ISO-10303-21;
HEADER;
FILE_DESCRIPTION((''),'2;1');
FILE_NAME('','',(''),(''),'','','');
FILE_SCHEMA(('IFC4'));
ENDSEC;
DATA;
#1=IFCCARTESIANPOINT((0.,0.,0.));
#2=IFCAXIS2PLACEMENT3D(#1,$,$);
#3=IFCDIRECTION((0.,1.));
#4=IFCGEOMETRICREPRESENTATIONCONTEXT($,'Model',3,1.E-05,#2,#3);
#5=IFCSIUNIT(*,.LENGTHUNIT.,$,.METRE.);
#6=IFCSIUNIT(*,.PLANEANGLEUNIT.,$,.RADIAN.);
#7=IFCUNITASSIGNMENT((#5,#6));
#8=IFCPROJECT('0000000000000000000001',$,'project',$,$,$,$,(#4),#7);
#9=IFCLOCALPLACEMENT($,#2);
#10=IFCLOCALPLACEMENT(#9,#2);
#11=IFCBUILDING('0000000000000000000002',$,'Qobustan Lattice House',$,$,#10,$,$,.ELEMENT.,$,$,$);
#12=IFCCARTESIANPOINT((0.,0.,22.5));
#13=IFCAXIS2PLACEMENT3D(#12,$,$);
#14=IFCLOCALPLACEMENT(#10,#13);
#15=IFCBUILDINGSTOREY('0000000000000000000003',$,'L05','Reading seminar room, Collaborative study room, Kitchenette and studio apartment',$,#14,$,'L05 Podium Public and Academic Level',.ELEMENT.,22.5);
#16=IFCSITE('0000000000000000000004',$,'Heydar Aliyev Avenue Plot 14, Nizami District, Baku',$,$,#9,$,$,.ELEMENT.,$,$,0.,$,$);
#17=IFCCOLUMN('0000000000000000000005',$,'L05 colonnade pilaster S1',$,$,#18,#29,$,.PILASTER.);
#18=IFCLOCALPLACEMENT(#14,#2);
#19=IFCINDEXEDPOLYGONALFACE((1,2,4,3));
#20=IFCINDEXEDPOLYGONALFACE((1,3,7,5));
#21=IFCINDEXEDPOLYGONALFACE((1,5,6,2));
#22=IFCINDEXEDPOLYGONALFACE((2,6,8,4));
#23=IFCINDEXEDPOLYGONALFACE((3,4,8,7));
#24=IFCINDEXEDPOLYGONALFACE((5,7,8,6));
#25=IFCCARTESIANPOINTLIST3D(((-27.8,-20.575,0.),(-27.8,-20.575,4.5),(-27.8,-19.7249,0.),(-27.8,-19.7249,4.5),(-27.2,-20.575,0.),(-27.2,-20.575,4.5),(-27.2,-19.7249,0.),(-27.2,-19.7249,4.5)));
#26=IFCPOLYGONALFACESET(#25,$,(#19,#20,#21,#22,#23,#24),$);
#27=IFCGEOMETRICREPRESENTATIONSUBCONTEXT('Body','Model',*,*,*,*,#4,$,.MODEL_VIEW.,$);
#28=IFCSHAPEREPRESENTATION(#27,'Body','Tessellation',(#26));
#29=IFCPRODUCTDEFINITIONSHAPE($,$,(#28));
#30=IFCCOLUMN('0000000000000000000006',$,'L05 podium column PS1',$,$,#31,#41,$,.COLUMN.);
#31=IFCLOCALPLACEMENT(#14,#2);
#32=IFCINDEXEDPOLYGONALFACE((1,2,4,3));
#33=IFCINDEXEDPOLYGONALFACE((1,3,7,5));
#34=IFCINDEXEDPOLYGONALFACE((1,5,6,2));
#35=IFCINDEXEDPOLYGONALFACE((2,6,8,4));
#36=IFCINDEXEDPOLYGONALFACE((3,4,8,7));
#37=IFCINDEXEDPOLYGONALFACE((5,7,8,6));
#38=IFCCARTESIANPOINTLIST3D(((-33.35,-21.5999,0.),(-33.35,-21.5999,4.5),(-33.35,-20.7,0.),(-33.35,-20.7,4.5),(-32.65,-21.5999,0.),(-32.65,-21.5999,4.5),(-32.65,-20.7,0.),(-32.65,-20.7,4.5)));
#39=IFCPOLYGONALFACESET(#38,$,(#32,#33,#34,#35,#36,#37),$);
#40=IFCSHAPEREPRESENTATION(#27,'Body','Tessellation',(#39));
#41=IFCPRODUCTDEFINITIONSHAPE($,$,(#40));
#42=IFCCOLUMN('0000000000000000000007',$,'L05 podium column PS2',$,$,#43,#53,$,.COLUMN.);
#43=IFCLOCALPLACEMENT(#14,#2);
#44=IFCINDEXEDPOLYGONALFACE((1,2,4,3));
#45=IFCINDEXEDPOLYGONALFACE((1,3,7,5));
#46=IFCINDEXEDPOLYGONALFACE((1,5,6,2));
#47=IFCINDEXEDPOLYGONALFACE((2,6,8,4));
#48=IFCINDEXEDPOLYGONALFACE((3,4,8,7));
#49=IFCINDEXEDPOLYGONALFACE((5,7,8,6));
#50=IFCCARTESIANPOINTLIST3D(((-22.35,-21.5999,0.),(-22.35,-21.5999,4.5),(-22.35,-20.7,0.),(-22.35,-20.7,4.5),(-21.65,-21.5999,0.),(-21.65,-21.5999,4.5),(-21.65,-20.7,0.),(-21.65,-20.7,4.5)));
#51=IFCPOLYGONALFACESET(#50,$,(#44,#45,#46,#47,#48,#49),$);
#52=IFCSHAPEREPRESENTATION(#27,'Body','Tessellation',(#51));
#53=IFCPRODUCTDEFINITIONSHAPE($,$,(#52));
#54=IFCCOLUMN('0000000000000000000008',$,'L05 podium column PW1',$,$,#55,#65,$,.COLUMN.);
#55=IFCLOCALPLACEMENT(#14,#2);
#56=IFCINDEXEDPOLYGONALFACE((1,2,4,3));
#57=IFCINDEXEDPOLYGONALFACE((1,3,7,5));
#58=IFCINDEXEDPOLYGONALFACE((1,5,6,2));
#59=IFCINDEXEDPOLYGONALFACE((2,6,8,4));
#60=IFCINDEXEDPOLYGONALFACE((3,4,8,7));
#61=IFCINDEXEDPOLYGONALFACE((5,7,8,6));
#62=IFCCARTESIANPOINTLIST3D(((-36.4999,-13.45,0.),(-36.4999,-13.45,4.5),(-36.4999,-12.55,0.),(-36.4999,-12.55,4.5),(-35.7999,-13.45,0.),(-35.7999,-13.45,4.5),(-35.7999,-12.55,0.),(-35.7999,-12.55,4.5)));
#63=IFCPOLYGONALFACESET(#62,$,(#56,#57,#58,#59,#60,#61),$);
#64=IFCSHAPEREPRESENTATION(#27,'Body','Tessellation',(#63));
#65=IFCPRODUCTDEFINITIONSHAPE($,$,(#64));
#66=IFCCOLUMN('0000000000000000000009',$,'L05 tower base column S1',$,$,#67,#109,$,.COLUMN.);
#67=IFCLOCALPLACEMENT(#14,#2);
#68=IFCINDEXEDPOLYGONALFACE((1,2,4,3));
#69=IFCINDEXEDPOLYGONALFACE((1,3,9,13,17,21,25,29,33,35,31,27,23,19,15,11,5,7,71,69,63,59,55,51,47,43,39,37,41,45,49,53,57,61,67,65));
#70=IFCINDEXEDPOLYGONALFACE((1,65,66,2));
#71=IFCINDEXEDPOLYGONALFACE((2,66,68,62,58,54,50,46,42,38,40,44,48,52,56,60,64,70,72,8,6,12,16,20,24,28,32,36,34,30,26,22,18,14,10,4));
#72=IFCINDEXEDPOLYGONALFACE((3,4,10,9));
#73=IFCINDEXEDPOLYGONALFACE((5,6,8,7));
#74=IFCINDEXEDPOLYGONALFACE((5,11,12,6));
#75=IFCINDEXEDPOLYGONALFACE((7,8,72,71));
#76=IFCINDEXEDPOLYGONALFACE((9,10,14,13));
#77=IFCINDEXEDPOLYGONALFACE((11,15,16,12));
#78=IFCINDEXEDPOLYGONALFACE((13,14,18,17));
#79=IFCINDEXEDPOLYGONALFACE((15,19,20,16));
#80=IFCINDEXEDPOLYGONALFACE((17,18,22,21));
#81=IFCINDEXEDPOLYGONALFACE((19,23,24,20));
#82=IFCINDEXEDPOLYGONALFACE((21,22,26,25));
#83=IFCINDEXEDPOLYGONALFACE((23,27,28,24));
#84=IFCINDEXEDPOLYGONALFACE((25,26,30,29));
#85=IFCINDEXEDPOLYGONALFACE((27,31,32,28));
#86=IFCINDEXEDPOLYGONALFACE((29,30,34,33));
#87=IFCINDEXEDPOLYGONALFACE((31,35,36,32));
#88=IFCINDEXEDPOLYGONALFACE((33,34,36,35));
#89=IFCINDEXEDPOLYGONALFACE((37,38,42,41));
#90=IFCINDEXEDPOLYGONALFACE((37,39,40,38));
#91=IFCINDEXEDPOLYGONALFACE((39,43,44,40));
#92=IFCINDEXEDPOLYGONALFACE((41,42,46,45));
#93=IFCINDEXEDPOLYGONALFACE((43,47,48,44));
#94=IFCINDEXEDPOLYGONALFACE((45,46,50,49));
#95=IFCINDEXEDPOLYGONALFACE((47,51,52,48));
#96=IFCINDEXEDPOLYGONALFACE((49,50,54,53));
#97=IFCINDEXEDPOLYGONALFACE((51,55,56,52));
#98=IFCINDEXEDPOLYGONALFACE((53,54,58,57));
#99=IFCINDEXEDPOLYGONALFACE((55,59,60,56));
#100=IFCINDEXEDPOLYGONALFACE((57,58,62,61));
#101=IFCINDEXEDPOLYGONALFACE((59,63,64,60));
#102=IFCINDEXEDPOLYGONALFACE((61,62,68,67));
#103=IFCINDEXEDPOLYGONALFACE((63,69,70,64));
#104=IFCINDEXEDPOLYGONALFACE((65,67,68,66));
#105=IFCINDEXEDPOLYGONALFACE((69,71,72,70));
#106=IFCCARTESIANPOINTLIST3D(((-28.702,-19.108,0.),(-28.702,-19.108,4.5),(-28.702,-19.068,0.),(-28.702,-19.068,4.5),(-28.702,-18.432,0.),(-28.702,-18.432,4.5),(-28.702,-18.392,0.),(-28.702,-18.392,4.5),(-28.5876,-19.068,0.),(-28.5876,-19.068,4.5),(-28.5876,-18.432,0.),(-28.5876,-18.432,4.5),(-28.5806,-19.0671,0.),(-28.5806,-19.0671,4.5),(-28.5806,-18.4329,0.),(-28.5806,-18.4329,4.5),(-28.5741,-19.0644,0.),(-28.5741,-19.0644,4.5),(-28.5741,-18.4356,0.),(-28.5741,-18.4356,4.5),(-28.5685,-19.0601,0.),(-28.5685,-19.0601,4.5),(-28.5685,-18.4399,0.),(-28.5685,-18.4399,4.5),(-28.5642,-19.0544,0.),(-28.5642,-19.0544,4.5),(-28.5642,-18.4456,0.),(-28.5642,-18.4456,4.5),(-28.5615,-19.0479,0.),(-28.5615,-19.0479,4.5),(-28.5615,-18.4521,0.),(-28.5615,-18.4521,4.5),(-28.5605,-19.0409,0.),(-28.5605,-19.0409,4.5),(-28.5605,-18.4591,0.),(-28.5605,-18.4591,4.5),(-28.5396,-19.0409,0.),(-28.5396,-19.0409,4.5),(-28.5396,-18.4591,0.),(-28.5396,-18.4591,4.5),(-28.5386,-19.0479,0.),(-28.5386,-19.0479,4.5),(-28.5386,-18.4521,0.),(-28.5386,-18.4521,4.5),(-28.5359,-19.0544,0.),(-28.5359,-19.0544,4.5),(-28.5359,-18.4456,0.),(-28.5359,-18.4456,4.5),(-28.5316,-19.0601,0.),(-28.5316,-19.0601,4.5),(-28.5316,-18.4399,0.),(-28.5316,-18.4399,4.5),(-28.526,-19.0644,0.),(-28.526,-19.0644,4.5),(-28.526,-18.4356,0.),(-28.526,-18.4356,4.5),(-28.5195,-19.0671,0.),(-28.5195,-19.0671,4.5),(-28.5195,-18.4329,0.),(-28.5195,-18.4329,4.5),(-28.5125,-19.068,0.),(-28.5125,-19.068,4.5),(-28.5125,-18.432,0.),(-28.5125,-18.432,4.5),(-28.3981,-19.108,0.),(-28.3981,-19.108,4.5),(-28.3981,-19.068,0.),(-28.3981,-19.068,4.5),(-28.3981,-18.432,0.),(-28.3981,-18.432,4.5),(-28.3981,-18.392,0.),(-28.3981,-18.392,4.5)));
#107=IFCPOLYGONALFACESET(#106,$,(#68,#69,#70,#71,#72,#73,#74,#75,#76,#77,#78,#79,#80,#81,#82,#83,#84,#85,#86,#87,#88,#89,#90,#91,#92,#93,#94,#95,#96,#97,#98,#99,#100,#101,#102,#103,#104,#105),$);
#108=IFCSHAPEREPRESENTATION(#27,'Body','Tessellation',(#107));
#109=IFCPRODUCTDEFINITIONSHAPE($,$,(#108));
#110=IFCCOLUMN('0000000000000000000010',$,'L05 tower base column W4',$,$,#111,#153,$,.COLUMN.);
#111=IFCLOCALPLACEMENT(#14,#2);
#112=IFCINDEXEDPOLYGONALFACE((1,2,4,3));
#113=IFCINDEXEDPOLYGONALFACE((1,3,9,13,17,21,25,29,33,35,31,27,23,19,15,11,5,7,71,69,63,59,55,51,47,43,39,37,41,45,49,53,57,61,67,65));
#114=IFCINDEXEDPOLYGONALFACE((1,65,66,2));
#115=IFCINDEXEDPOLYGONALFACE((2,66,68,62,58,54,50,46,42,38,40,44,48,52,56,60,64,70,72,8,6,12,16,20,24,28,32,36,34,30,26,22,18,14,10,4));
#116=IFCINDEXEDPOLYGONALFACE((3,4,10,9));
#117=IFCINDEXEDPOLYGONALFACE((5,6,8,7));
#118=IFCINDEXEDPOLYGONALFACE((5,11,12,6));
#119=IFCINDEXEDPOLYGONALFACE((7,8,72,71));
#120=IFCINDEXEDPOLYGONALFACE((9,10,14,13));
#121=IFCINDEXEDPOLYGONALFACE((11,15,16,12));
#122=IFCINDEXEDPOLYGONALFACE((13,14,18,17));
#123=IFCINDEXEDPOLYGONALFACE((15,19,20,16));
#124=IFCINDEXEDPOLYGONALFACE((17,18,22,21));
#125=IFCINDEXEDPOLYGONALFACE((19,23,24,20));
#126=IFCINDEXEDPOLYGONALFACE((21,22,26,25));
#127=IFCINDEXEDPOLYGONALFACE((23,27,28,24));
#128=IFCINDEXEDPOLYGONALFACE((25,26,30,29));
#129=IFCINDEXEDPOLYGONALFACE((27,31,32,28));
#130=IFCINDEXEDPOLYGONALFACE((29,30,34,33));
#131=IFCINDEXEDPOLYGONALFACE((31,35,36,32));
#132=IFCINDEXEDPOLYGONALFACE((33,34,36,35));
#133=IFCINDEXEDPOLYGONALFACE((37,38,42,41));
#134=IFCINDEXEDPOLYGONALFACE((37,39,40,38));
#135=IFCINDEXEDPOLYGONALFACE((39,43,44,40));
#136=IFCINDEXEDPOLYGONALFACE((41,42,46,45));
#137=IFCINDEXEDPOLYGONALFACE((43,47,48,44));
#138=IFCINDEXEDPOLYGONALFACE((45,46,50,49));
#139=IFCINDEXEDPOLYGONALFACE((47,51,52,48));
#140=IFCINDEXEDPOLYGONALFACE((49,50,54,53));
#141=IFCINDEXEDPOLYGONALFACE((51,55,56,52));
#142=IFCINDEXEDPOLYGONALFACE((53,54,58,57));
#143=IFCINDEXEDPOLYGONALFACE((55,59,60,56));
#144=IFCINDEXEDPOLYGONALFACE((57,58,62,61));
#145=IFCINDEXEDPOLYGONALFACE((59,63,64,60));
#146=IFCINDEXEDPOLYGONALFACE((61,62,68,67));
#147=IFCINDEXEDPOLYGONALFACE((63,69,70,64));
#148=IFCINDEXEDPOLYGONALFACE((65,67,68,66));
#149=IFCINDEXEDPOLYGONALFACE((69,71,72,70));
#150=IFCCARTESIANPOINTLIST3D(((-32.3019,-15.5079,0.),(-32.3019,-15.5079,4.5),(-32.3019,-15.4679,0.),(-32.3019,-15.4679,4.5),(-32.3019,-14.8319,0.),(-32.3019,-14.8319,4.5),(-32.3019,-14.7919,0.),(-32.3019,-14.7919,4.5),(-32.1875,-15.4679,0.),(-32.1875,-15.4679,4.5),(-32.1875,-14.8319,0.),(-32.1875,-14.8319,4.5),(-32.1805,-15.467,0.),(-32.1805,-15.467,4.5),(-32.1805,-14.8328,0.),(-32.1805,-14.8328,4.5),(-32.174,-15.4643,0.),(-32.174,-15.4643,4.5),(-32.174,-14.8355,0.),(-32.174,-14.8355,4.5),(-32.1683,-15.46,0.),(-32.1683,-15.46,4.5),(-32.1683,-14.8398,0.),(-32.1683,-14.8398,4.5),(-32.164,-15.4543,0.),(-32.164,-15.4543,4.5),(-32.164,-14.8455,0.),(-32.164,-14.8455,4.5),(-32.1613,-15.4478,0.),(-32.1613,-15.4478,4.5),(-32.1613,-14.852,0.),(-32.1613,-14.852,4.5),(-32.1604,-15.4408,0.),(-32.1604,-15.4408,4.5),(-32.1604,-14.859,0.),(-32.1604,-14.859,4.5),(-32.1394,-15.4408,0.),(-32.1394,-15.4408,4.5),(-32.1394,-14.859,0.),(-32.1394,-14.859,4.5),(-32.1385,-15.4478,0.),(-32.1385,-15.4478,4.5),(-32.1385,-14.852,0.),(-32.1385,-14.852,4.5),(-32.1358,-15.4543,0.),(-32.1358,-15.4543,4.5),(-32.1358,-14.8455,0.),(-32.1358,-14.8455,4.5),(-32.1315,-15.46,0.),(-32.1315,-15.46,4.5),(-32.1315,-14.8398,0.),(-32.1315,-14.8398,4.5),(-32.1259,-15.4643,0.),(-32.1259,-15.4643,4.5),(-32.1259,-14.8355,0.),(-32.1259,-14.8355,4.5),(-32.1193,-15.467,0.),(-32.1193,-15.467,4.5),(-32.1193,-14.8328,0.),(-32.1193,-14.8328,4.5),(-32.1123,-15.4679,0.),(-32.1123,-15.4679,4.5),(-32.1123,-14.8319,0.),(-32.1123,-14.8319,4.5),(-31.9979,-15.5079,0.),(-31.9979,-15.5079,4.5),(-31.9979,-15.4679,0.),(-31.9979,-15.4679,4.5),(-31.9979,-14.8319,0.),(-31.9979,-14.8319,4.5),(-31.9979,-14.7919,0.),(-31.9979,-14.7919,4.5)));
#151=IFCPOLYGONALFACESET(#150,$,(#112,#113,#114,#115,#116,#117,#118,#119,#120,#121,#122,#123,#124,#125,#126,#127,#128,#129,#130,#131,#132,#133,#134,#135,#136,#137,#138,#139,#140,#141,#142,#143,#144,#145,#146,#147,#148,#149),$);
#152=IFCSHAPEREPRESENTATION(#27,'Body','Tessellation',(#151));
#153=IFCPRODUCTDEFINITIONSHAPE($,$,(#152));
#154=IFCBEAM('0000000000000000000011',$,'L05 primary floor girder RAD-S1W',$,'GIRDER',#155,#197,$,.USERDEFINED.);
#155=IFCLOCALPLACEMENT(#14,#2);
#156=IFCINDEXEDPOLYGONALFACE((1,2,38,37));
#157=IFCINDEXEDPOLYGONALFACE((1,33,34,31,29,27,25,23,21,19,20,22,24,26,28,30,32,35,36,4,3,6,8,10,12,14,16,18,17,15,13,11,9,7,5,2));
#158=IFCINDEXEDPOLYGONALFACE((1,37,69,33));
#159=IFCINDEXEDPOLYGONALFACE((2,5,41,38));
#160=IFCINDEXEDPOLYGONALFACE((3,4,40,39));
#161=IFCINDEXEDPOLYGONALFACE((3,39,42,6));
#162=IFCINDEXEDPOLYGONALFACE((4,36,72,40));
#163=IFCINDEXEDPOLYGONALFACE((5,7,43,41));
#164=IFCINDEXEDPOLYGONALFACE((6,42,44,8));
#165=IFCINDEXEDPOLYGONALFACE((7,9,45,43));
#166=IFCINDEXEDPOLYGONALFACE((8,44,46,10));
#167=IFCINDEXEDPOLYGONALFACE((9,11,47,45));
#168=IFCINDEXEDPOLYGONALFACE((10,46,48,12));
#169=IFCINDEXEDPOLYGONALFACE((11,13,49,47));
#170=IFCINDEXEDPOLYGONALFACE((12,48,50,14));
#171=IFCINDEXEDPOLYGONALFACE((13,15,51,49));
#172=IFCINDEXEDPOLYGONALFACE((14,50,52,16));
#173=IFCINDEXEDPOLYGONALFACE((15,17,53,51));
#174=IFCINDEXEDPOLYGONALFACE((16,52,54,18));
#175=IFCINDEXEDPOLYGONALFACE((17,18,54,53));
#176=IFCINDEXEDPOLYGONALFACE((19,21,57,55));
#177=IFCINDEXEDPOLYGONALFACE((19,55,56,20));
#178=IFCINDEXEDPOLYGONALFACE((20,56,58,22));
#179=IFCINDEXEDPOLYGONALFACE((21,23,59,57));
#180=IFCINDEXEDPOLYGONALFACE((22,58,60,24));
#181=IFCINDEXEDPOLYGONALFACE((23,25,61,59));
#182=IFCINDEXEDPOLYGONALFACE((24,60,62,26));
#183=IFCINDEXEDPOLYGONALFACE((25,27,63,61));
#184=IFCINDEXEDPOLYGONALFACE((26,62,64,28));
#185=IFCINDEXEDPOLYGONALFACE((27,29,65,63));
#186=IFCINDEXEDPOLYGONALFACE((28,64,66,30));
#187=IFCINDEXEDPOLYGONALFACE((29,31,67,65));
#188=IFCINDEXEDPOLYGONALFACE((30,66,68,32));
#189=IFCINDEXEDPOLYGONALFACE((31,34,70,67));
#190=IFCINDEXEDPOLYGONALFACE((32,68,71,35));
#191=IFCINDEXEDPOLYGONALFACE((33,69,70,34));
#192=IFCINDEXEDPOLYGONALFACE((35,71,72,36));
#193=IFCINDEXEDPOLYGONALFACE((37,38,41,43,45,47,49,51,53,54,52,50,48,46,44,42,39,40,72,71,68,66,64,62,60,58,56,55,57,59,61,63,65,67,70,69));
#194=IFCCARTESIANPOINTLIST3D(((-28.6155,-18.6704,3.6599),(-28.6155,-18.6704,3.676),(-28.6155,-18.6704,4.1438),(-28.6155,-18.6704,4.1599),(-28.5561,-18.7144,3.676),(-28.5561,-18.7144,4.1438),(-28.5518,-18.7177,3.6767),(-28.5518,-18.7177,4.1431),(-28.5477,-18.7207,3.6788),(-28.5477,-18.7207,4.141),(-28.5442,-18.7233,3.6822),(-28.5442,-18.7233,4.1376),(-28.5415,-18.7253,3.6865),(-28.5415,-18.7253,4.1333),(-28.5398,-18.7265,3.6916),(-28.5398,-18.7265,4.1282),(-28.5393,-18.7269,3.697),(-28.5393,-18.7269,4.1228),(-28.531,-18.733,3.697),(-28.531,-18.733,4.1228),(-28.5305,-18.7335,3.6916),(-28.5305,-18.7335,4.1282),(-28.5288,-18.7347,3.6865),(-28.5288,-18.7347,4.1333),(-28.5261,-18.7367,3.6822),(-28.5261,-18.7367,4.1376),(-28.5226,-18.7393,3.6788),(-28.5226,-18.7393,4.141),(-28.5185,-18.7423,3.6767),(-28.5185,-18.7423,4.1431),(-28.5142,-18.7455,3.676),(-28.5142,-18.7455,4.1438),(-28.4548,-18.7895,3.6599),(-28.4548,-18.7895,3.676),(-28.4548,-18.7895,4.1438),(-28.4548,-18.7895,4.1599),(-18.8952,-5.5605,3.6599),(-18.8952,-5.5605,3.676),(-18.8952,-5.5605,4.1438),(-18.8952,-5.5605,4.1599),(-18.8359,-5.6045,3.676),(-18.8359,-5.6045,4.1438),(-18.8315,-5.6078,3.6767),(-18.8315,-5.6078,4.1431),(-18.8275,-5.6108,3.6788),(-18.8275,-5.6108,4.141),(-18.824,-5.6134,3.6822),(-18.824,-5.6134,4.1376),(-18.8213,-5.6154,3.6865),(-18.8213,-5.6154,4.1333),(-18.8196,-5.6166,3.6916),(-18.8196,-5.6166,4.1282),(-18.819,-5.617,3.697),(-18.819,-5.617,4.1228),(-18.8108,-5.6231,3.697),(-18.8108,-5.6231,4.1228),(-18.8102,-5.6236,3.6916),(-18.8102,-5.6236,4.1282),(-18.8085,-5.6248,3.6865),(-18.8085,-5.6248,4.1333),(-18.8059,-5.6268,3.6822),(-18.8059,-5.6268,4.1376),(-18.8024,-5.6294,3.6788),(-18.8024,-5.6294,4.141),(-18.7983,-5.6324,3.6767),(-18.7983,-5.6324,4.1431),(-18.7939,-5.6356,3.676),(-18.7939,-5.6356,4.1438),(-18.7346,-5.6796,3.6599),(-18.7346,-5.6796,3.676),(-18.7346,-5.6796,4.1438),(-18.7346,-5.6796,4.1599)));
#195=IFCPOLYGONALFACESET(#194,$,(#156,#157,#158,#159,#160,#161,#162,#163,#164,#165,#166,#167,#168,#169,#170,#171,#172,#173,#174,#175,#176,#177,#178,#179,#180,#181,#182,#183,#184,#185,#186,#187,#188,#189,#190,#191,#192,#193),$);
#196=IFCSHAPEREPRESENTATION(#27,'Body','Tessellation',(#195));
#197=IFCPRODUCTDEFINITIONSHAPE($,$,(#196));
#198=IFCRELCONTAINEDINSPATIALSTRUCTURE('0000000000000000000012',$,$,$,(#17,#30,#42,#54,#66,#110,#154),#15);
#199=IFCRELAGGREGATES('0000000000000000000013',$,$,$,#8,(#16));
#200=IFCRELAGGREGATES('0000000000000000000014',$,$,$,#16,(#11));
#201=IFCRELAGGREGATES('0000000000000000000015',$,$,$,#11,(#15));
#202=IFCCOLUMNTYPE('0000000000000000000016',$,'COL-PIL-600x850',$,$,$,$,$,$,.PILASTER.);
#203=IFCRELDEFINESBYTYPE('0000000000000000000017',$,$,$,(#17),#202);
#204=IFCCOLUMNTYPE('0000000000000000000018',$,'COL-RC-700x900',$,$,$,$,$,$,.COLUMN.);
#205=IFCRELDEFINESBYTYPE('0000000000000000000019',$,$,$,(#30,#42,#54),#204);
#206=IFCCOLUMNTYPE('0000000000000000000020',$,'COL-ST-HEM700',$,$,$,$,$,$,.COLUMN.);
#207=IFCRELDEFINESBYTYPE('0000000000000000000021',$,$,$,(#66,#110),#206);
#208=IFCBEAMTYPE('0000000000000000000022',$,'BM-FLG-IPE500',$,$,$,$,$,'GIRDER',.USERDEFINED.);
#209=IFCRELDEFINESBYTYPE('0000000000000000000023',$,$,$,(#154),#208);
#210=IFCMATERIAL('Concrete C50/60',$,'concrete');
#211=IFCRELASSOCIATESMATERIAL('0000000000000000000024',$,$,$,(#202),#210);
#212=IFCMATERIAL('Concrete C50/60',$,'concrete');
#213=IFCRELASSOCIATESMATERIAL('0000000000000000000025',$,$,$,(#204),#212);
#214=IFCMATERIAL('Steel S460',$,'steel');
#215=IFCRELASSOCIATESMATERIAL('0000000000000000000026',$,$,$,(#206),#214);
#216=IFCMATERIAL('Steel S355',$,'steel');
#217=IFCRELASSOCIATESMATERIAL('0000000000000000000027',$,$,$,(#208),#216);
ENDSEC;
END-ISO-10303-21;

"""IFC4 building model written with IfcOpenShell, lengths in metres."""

from ifc_helpers import new_model, si_unit, direction, frame, origin, origin_2d, place, context, subcontext, project, spatial, rectangle, i_section, extrude, material, material_profile, profile_set, type_object, element, save


model = new_model("IFC4")

# Units and contexts
model_context = context("Model", 3, precision=1e-05, world=origin(), true_north=direction((0.0, 1.0)))
body_context = subcontext(model_context, "Body", "Model", "MODEL_VIEW")
ifc_project = project(units=[si_unit("LENGTHUNIT", "METRE"), si_unit("PLANEANGLEUNIT", "RADIAN")], contexts=[model_context])

# Site, building, storey
site_placement = place(None, origin())
site = spatial("IfcSite", under=ifc_project, at=site_placement, Name="Heydar Aliyev Avenue Plot 14, Nizami District, Baku", CompositionType="ELEMENT", RefElevation=0.0)
building_placement = place(site_placement, origin())
building = spatial("IfcBuilding", under=site, at=building_placement, Name="Qobustan Lattice House", CompositionType="ELEMENT")
storey_placement = place(building_placement, frame((0.0, 0.0, 22.5)))
storey = spatial("IfcBuildingStorey", under=building, at=storey_placement, Name="L05", Description="Reading seminar room, Collaborative study room, Kitchenette and studio apartment", LongName="L05 Podium Public and Academic Level", CompositionType="ELEMENT", Elevation=22.5)

# Columns
ifc_material_1 = material(Name="Concrete C50/60", Category="concrete")
ifc_material_profile_1 = material_profile(ifc_material_1, rectangle(XDim=0.6001, YDim=0.8501, at=origin_2d()), Name="RC600x850")
ifc_profile_set_1 = profile_set([ifc_material_profile_1], Name="Concrete C50/60")
column_type_1 = type_object("IfcColumnType", Name="COL-PIL-600x850", PredefinedType="PILASTER", material=ifc_profile_set_1)
column_placement = place(storey_placement, frame((-27.5, -20.1499, 0.0), z_axis=(0.0, 0.0, 1.0), x_axis=(1.0, 0.0, 0.0)))
element("IfcColumn", 1, at=column_placement, inside=storey, type_object=column_type_1, Name="L05 colonnade pilaster S1", PredefinedType="PILASTER", context=body_context, shape_type="SweptSolid", body=[
    extrude(rectangle(XDim=0.6001, YDim=0.8501, at=origin_2d()), origin(), (0.0, 0.0, 1.0), 4.5),
])
ifc_material_2 = material(Name="Concrete C50/60", Category="concrete")
ifc_material_profile_2 = material_profile(ifc_material_2, rectangle(XDim=0.7, YDim=0.8999, at=origin_2d()), Name="RC700x900")
ifc_profile_set_2 = profile_set([ifc_material_profile_2], Name="Concrete C50/60")
column_type_2 = type_object("IfcColumnType", Name="COL-RC-700x900", PredefinedType="COLUMN", material=ifc_profile_set_2)
for number, where, z_axis, x_axis, name in (
    (2, (-33.0, -21.1499, 0.0), (0.0, 0.0, 1.0), (1.0, 0.0, 0.0), "L05 podium column PS1"),
    (3, (-22.0, -21.1499, 0.0), (0.0, 0.0, 1.0), (1.0, 0.0, 0.0), "L05 podium column PS2"),
    (4, (-36.1499, -13.0, 0.0), (0.0, 0.0, 1.0), (1.0, 0.0, 0.0), "L05 podium column PW1"),
):
    element("IfcColumn", number, at=place(storey_placement, frame(where, z_axis=z_axis, x_axis=x_axis)), inside=storey, type_object=column_type_2, Name=name, PredefinedType="COLUMN", context=body_context, shape_type="SweptSolid", body=[
        extrude(rectangle(XDim=0.7, YDim=0.8999, at=origin_2d()), origin(), (0.0, 0.0, 1.0), 4.5),
    ])
ifc_material_3 = material(Name="Steel S460", Category="steel")
ifc_material_profile_3 = material_profile(ifc_material_3, i_section(OverallWidth=0.304, OverallDepth=0.7161, WebThickness=0.021, FlangeThickness=0.04, FilletRadius=0.0271, at=origin_2d()), Name="HEM700")
ifc_profile_set_3 = profile_set([ifc_material_profile_3], Name="Steel S460")
column_type_3 = type_object("IfcColumnType", Name="COL-ST-HEM700", PredefinedType="COLUMN", material=ifc_profile_set_3)
for number, where, z_axis, x_axis, name in (
    (5, (-28.55, -18.75, 0.0), (0.0, 0.0, 1.0), (1.0, 0.0, 0.0), "L05 tower base column S1"),
    (6, (-32.1499, -15.1499, 0.0), (0.0, 0.0, 1.0), (1.0, 0.0, 0.0), "L05 tower base column W4"),
):
    element("IfcColumn", number, at=place(storey_placement, frame(where, z_axis=z_axis, x_axis=x_axis)), inside=storey, type_object=column_type_3, Name=name, PredefinedType="COLUMN", context=body_context, shape_type="SweptSolid", body=[
        extrude(i_section(OverallWidth=0.304, OverallDepth=0.7161, WebThickness=0.021, FlangeThickness=0.04, FilletRadius=0.0271, at=origin_2d()), origin(), (0.0, 0.0, 1.0), 4.5),
    ])

# Beam
ifc_material_4 = material(Name="Steel S355", Category="steel")
ifc_material_profile_4 = material_profile(ifc_material_4, i_section(OverallWidth=0.2, OverallDepth=0.5, WebThickness=0.0103, FlangeThickness=0.0161, FilletRadius=0.021, at=origin_2d()), Name="IPE500")
ifc_profile_set_4 = profile_set([ifc_material_profile_4], Name="Steel S355")
beam_type_1 = type_object("IfcBeamType", Name="BM-FLG-IPE500", ElementType="GIRDER", PredefinedType="USERDEFINED", material=ifc_profile_set_4)
beam_1_placement = place(storey_placement, frame((-28.5352, -18.73, 3.9099), z_axis=(0.595592, 0.803287, 0.0), x_axis=(-0.803287, 0.595592, 0.0)))
element("IfcBeam", 7, at=beam_1_placement, inside=storey, type_object=beam_type_1, Name="L05 primary floor girder RAD-S1W", ObjectType="GIRDER", PredefinedType="USERDEFINED", context=body_context, shape_type="SweptSolid", body=[
    extrude(i_section(OverallWidth=0.2, OverallDepth=0.5, WebThickness=0.0103, FlangeThickness=0.0161, FilletRadius=0.021, at=origin_2d()), origin(), (0.0, 0.0, 1.0), 16.3203),
])

save(model, "model.ifc")
